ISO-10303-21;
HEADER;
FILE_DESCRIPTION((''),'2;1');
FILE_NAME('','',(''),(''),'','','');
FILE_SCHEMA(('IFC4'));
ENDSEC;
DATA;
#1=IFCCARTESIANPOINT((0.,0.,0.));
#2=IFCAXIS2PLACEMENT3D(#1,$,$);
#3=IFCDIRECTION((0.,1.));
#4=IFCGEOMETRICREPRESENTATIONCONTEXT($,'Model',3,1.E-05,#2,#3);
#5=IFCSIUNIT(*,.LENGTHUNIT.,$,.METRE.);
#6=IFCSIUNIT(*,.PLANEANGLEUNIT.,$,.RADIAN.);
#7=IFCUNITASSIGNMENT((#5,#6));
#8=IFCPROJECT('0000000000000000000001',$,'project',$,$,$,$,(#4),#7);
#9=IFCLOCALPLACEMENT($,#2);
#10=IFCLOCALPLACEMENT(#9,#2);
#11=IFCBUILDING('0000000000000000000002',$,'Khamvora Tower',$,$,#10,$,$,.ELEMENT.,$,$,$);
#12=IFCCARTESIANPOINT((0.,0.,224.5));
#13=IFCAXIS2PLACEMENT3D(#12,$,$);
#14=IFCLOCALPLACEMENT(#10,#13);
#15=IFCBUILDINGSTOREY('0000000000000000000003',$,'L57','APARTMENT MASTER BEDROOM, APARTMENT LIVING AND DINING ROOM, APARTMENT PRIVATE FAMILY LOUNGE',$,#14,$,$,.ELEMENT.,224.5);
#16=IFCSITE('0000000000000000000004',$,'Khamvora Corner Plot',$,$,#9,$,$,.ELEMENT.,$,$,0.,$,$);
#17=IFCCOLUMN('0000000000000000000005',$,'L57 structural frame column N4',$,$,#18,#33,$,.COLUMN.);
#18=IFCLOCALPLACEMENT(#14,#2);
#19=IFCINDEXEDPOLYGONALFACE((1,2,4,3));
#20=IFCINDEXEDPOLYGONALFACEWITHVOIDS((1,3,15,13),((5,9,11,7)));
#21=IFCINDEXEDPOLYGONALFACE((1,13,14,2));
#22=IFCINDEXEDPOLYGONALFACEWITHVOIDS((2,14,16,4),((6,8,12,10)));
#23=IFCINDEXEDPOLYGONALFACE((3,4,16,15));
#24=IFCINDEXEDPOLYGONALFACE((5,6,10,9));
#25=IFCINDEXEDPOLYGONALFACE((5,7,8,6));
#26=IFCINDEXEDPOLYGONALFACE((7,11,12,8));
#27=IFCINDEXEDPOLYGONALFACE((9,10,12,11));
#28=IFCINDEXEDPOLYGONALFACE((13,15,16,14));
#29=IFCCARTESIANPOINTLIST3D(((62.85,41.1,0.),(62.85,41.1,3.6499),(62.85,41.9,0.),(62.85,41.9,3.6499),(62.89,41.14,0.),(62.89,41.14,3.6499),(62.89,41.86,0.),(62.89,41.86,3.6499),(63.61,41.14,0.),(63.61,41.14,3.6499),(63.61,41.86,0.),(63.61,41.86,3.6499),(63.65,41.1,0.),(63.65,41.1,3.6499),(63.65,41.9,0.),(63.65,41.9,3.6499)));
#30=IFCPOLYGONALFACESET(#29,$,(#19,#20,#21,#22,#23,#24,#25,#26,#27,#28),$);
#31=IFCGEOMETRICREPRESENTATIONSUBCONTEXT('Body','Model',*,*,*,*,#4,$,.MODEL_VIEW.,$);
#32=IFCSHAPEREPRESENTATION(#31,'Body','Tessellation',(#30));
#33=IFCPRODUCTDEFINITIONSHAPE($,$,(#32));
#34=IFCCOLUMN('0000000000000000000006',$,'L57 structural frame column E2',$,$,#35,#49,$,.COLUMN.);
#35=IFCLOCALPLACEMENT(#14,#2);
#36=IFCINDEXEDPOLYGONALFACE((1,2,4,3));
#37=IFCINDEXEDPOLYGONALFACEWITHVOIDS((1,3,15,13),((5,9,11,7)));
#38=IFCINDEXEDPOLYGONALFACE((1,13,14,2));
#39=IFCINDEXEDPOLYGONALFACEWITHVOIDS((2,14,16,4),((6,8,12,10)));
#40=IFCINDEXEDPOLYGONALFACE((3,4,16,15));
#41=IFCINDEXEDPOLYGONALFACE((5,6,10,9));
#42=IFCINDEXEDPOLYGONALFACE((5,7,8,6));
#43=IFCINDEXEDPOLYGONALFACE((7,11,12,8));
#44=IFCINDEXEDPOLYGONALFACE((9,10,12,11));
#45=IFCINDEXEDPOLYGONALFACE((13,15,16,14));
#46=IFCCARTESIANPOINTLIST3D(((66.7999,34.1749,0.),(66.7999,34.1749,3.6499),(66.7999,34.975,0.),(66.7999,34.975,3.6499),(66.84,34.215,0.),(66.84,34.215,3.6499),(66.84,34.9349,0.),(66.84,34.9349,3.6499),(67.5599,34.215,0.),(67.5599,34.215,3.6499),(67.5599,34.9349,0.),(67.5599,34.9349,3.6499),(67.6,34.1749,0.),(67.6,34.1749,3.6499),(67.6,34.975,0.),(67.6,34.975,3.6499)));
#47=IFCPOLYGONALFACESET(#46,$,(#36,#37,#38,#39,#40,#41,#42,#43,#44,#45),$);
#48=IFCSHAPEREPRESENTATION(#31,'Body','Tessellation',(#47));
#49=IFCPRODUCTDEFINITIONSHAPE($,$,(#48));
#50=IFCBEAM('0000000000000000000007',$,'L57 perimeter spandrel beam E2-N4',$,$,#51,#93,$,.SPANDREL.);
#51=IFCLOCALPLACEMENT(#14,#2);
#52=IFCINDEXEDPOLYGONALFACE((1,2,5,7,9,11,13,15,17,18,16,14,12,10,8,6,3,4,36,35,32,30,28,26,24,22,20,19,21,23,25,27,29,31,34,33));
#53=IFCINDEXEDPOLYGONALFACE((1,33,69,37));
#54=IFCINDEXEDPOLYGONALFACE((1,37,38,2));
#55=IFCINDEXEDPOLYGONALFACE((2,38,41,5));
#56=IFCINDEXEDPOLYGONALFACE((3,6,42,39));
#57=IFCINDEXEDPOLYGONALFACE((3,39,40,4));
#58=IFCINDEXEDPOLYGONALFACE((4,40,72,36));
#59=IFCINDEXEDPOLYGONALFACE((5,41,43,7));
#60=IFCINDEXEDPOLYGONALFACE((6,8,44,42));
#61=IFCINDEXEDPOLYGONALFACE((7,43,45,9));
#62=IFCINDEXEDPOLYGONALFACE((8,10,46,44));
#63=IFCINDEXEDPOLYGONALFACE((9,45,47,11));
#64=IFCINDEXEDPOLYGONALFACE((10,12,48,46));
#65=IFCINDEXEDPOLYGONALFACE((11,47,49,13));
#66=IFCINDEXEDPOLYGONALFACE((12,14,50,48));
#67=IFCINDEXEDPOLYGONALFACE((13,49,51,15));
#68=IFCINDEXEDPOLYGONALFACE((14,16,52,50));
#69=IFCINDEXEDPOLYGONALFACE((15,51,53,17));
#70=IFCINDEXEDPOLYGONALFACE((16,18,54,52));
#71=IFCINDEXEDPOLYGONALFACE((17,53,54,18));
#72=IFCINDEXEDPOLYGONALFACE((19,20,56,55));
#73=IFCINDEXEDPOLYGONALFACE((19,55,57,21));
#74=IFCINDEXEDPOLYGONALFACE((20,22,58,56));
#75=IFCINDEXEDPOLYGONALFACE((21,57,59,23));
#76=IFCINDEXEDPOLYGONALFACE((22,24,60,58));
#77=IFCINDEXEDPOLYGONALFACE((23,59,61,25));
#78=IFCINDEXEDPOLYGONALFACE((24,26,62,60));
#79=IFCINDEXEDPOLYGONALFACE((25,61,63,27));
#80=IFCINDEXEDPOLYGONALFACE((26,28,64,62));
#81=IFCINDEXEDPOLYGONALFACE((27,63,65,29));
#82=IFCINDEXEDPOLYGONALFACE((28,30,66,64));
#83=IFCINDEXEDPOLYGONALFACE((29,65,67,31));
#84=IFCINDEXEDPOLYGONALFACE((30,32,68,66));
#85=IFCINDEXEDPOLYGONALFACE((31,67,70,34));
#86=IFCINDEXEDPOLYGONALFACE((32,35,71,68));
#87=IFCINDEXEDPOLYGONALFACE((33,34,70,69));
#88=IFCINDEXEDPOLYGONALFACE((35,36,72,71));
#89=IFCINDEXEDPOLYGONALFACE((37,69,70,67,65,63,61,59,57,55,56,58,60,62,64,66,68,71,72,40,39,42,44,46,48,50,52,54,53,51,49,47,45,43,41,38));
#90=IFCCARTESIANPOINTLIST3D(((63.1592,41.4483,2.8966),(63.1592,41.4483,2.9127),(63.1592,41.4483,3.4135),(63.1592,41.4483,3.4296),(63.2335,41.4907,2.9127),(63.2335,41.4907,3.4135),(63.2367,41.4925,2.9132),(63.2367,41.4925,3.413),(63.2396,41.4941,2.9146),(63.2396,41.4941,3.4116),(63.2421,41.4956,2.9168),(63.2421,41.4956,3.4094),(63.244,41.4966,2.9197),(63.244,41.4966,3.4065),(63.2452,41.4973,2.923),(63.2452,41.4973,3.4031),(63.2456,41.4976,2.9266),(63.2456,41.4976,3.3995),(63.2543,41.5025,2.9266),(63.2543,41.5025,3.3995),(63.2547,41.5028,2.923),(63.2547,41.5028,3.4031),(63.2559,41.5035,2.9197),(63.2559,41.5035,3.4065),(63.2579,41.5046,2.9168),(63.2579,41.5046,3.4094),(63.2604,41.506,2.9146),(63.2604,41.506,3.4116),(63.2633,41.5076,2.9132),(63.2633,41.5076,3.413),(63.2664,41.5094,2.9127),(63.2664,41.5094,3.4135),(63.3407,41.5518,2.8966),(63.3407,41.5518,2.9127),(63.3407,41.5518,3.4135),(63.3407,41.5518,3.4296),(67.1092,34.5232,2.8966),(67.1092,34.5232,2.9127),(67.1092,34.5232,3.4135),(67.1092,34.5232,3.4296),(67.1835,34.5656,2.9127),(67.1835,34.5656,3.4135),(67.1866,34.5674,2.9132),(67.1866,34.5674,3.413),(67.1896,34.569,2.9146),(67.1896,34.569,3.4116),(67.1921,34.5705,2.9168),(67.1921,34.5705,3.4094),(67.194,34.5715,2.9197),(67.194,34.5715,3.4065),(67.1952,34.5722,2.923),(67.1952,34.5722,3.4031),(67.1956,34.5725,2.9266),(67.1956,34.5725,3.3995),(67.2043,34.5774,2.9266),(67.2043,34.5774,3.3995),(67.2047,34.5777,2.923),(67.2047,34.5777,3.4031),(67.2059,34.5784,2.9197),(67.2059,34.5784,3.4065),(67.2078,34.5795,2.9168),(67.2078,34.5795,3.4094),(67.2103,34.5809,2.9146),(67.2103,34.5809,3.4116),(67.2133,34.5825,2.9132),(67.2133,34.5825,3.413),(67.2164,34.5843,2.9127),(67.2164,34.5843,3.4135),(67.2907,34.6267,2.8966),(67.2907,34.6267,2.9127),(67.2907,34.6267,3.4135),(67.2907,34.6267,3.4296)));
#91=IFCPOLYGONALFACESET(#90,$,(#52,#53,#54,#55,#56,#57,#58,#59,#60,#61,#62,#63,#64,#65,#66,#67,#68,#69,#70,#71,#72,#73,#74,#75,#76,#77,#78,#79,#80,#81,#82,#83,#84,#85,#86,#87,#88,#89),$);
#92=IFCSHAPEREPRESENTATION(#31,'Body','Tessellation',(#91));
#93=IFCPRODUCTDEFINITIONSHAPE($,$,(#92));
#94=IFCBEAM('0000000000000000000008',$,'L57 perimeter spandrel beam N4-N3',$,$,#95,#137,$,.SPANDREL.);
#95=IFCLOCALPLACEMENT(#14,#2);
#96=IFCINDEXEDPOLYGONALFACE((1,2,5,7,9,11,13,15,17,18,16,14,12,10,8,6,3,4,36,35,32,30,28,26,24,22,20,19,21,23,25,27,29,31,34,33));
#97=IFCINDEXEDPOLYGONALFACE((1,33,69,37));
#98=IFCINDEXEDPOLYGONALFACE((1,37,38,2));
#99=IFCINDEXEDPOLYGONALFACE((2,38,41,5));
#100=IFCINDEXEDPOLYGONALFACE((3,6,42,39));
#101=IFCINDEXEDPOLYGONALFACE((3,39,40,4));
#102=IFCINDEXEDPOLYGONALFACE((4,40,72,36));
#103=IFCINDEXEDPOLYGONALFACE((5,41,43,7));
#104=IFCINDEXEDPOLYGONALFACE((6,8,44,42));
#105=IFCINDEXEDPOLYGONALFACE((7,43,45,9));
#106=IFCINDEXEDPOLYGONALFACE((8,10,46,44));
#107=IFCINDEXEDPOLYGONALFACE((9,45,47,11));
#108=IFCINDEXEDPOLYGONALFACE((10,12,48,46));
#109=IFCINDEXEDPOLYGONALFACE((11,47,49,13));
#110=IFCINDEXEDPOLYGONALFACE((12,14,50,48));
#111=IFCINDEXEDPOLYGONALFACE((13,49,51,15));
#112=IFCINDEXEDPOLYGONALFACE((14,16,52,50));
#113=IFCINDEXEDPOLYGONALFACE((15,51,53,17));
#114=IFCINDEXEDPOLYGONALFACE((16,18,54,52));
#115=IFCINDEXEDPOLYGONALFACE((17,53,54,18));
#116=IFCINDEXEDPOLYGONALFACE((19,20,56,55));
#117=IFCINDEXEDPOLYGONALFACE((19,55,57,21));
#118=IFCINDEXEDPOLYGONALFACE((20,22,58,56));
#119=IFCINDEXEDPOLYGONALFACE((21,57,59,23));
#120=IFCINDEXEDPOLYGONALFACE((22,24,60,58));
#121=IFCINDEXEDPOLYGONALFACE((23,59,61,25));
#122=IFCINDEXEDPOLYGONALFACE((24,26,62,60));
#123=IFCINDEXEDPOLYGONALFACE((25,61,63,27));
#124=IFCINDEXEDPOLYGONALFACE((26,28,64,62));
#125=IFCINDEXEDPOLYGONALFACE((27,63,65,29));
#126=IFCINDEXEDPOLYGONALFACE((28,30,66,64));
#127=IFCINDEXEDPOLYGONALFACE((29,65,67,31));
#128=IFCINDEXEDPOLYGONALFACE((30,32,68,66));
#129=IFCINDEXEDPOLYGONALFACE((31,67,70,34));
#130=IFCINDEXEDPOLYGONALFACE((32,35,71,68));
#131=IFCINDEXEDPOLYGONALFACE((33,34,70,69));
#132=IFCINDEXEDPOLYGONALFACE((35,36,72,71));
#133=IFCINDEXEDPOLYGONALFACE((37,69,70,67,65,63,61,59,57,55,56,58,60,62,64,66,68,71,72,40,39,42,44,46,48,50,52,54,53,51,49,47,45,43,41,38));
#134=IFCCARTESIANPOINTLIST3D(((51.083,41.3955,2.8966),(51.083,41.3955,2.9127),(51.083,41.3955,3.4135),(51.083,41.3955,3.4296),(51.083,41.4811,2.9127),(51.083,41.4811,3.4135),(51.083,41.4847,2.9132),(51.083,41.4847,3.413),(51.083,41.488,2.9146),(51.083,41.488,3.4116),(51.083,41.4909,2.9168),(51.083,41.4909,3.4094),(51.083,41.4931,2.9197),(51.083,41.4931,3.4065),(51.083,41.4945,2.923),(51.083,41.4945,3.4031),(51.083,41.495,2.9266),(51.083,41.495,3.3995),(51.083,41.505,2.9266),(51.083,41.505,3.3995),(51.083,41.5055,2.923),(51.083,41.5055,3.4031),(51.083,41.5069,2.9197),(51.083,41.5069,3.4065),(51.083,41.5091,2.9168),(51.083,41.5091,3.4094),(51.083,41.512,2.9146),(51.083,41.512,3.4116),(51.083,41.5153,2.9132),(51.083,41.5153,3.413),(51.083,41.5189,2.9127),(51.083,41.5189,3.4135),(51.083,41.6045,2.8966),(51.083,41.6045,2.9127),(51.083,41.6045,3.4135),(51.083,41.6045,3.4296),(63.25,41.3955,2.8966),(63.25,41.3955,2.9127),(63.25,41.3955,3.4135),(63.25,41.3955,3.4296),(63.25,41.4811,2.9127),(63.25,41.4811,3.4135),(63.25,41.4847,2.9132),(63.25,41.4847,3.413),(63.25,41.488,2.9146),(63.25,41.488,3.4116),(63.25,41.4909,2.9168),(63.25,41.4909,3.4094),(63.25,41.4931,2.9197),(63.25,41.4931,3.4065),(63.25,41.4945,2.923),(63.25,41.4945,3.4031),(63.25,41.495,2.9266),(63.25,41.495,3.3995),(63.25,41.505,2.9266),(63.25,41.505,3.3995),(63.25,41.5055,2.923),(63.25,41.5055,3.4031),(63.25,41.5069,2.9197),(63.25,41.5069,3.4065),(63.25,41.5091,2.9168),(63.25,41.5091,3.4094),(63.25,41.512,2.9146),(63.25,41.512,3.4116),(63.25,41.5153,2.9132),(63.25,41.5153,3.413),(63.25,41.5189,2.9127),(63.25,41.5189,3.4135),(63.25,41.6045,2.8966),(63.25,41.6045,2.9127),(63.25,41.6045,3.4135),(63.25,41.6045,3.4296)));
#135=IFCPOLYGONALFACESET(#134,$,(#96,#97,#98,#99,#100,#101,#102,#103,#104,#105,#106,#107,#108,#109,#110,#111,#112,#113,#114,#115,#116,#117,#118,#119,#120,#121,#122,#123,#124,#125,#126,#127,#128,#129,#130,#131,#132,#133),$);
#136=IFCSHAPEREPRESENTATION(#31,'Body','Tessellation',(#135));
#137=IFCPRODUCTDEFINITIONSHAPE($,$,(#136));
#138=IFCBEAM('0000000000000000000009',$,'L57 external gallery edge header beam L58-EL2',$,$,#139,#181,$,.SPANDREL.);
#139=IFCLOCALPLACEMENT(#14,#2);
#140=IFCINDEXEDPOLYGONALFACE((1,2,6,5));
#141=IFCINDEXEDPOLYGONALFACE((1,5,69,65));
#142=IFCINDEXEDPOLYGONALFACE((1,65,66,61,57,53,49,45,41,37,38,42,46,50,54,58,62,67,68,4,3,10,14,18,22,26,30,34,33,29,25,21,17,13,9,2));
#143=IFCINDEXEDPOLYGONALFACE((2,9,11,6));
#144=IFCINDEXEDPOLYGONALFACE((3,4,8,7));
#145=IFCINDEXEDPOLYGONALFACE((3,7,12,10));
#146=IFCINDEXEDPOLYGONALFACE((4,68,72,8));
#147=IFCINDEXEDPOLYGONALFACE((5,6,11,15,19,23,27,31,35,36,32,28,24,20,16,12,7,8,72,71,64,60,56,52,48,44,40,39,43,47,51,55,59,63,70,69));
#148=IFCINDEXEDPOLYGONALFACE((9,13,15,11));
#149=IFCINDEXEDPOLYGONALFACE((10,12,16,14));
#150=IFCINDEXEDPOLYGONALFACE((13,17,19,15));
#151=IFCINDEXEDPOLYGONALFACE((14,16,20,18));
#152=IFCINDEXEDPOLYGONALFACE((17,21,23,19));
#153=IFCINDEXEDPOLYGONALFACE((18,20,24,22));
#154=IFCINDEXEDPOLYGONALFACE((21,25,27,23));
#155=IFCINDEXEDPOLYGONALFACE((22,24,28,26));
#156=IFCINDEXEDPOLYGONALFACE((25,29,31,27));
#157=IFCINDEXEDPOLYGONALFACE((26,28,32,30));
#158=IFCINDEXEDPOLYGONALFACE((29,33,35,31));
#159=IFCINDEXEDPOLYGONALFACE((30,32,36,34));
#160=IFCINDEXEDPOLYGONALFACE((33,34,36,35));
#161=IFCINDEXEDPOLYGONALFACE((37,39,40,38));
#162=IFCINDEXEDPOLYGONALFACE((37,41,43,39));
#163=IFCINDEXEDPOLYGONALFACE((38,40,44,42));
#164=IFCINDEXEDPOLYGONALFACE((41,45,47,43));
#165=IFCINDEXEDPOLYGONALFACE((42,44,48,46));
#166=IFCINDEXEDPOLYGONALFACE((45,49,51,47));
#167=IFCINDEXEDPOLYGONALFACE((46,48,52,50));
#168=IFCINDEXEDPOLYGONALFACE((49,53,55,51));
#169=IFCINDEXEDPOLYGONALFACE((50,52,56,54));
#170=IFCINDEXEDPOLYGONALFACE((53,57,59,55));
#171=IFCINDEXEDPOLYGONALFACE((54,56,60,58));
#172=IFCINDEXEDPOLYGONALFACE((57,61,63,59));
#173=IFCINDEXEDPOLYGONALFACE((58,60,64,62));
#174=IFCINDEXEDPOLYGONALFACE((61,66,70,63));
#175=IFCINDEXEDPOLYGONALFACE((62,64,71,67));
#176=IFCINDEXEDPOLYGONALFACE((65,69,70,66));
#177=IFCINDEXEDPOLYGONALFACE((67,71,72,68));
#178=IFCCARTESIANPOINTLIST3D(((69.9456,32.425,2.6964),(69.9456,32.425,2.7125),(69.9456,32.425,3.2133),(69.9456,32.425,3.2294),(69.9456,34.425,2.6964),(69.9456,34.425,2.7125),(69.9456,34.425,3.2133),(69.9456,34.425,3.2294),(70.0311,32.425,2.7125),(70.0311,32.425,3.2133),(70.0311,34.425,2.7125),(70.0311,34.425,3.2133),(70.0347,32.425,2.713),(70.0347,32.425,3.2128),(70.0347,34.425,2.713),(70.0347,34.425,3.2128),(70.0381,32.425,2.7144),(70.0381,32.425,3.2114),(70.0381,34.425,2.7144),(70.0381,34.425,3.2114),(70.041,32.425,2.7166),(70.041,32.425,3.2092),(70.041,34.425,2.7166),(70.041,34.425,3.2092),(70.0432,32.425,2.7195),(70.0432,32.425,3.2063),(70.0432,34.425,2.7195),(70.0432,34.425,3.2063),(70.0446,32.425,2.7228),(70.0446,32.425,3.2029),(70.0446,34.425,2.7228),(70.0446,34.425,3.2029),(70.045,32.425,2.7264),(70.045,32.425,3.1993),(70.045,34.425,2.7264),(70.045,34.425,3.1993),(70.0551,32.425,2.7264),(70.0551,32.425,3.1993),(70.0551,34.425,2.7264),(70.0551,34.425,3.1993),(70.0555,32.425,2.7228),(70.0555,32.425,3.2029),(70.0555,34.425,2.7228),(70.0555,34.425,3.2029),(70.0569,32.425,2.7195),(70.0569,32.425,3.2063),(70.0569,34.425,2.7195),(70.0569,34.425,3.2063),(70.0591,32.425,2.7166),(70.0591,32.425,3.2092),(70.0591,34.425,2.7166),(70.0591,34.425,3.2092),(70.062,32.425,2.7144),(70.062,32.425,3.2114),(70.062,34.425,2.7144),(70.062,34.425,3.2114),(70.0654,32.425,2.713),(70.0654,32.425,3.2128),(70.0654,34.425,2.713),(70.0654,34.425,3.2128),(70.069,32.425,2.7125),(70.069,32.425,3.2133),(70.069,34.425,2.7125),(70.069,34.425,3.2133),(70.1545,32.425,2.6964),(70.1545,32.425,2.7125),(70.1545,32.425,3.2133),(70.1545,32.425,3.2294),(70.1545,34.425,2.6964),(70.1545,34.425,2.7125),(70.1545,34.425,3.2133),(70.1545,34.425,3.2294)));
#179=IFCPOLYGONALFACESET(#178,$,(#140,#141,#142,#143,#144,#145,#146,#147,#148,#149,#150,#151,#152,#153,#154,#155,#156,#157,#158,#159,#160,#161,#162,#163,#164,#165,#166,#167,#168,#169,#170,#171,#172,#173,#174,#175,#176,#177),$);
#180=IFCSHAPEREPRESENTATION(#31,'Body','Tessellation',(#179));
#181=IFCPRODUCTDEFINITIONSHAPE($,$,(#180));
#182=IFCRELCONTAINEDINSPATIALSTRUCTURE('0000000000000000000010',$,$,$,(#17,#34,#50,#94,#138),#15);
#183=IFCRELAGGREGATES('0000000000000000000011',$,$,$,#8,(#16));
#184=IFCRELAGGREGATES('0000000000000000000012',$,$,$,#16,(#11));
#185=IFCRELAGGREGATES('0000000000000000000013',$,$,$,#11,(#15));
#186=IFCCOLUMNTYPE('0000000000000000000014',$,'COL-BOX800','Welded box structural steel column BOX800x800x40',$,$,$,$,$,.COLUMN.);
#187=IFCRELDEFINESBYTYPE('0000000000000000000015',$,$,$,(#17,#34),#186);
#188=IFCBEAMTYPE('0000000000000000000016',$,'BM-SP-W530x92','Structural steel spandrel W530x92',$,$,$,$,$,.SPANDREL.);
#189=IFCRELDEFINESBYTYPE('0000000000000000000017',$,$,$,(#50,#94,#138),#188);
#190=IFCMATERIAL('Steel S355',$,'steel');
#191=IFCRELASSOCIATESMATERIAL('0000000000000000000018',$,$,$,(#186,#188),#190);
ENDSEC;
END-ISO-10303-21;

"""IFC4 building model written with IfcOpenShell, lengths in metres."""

from ifc_helpers import new_model, si_unit, direction, frame, origin, origin_2d, place, context, subcontext, project, spatial, hollow_rectangle, i_section, extrude, material, material_profile, profile_set, type_object, element, save


model = new_model("IFC4")

# Units and contexts
model_context = context("Model", 3, precision=1e-05, world=origin(), true_north=direction((0.0, 1.0)))
body_context = subcontext(model_context, "Body", "Model", "MODEL_VIEW")
ifc_project = project(units=[si_unit("LENGTHUNIT", "METRE"), si_unit("PLANEANGLEUNIT", "RADIAN")], contexts=[model_context])

# Site, building, storey
site_placement = place(None, origin())
site = spatial("IfcSite", under=ifc_project, at=site_placement, Name="Khamvora Corner Plot", CompositionType="ELEMENT", RefElevation=0.0)
building_placement = place(site_placement, origin())
building = spatial("IfcBuilding", under=site, at=building_placement, Name="Khamvora Tower", CompositionType="ELEMENT")
storey_placement = place(building_placement, frame((0.0, 0.0, 224.5)))
storey = spatial("IfcBuildingStorey", under=building, at=storey_placement, Name="L57", Description="APARTMENT MASTER BEDROOM, APARTMENT LIVING AND DINING ROOM, APARTMENT PRIVATE FAMILY LOUNGE", CompositionType="ELEMENT", Elevation=224.5)

# Columns
ifc_material_1 = material(Name="Steel S355", Category="steel")
ifc_material_profile_1 = material_profile(ifc_material_1, hollow_rectangle(XDim=0.8, YDim=0.8, WallThickness=0.04, at=origin_2d()), Name="BOX800x800x40")
ifc_profile_set_1 = profile_set([ifc_material_profile_1], Name="Steel S355")
column_type = type_object("IfcColumnType", Name="COL-BOX800", Description="Welded box structural steel column BOX800x800x40", PredefinedType="COLUMN", material=ifc_profile_set_1)
for number, where, z_axis, x_axis, name in (
    (1, (63.25, 41.5, 0.0), (0.0, 0.0, 1.0), (1.0, 0.0, 0.0), "L57 structural frame column N4"),
    (2, (67.2, 34.575, 0.0), (0.0, 0.0, 1.0), (1.0, 0.0, 0.0), "L57 structural frame column E2"),
):
    element("IfcColumn", number, at=place(storey_placement, frame(where, z_axis=z_axis, x_axis=x_axis)), inside=storey, type_object=column_type, Name=name, PredefinedType="COLUMN", context=body_context, shape_type="SweptSolid", body=[
        extrude(hollow_rectangle(XDim=0.8, YDim=0.8, WallThickness=0.04, at=origin_2d()), origin(), (0.0, 0.0, 1.0), 3.6499),
    ])

# Beams
ifc_material_profile_2 = material_profile(ifc_material_1, i_section(OverallWidth=0.209, OverallDepth=0.533, WebThickness=0.01, FlangeThickness=0.0161, FilletRadius=0.0139, at=origin_2d()), Name="W530x92")
ifc_profile_set_2 = profile_set([ifc_material_profile_2], Name="Steel S355")
beam_type = type_object("IfcBeamType", Name="BM-SP-W530x92", Description="Structural steel spandrel W530x92", PredefinedType="SPANDREL", material=ifc_profile_set_2)
beam_1_placement = place(storey_placement, frame((67.2, 34.575, 3.1631), z_axis=(-0.495456, 0.868633, 0.0), x_axis=(-0.868633, -0.495456, 0.0)))
element("IfcBeam", 3, at=beam_1_placement, inside=storey, type_object=beam_type, Name="L57 perimeter spandrel beam E2-N4", PredefinedType="SPANDREL", context=body_context, shape_type="SweptSolid", body=[
    extrude(i_section(OverallWidth=0.209, OverallDepth=0.533, WebThickness=0.01, FlangeThickness=0.0161, FilletRadius=0.0139, at=origin_2d()), origin(), (0.0, 0.0, 1.0), 7.9724),
])
beam_2_placement = place(storey_placement, frame((63.25, 41.5, 3.1631), z_axis=(-1.0, 0.0, 0.0), x_axis=(0.0, -1.0, 0.0)))
element("IfcBeam", 4, at=beam_2_placement, inside=storey, type_object=beam_type, Name="L57 perimeter spandrel beam N4-N3", PredefinedType="SPANDREL", context=body_context, shape_type="SweptSolid", body=[
    extrude(i_section(OverallWidth=0.209, OverallDepth=0.533, WebThickness=0.01, FlangeThickness=0.0161, FilletRadius=0.0139, at=origin_2d()), origin(), (0.0, 0.0, 1.0), 12.167),
])
beam_3_placement = place(storey_placement, frame((70.05, 32.425, 2.9629), z_axis=(0.0, 1.0, 0.0), x_axis=(-1.0, 0.0, 0.0)))
element("IfcBeam", 5, at=beam_3_placement, inside=storey, type_object=beam_type, Name="L57 external gallery edge header beam L58-EL2", PredefinedType="SPANDREL", context=body_context, shape_type="SweptSolid", body=[
    extrude(i_section(OverallWidth=0.209, OverallDepth=0.533, WebThickness=0.01, FlangeThickness=0.0161, FilletRadius=0.0139, at=origin_2d()), origin(), (0.0, 0.0, 1.0), 2.0),
])

save(model, "model.ifc")
